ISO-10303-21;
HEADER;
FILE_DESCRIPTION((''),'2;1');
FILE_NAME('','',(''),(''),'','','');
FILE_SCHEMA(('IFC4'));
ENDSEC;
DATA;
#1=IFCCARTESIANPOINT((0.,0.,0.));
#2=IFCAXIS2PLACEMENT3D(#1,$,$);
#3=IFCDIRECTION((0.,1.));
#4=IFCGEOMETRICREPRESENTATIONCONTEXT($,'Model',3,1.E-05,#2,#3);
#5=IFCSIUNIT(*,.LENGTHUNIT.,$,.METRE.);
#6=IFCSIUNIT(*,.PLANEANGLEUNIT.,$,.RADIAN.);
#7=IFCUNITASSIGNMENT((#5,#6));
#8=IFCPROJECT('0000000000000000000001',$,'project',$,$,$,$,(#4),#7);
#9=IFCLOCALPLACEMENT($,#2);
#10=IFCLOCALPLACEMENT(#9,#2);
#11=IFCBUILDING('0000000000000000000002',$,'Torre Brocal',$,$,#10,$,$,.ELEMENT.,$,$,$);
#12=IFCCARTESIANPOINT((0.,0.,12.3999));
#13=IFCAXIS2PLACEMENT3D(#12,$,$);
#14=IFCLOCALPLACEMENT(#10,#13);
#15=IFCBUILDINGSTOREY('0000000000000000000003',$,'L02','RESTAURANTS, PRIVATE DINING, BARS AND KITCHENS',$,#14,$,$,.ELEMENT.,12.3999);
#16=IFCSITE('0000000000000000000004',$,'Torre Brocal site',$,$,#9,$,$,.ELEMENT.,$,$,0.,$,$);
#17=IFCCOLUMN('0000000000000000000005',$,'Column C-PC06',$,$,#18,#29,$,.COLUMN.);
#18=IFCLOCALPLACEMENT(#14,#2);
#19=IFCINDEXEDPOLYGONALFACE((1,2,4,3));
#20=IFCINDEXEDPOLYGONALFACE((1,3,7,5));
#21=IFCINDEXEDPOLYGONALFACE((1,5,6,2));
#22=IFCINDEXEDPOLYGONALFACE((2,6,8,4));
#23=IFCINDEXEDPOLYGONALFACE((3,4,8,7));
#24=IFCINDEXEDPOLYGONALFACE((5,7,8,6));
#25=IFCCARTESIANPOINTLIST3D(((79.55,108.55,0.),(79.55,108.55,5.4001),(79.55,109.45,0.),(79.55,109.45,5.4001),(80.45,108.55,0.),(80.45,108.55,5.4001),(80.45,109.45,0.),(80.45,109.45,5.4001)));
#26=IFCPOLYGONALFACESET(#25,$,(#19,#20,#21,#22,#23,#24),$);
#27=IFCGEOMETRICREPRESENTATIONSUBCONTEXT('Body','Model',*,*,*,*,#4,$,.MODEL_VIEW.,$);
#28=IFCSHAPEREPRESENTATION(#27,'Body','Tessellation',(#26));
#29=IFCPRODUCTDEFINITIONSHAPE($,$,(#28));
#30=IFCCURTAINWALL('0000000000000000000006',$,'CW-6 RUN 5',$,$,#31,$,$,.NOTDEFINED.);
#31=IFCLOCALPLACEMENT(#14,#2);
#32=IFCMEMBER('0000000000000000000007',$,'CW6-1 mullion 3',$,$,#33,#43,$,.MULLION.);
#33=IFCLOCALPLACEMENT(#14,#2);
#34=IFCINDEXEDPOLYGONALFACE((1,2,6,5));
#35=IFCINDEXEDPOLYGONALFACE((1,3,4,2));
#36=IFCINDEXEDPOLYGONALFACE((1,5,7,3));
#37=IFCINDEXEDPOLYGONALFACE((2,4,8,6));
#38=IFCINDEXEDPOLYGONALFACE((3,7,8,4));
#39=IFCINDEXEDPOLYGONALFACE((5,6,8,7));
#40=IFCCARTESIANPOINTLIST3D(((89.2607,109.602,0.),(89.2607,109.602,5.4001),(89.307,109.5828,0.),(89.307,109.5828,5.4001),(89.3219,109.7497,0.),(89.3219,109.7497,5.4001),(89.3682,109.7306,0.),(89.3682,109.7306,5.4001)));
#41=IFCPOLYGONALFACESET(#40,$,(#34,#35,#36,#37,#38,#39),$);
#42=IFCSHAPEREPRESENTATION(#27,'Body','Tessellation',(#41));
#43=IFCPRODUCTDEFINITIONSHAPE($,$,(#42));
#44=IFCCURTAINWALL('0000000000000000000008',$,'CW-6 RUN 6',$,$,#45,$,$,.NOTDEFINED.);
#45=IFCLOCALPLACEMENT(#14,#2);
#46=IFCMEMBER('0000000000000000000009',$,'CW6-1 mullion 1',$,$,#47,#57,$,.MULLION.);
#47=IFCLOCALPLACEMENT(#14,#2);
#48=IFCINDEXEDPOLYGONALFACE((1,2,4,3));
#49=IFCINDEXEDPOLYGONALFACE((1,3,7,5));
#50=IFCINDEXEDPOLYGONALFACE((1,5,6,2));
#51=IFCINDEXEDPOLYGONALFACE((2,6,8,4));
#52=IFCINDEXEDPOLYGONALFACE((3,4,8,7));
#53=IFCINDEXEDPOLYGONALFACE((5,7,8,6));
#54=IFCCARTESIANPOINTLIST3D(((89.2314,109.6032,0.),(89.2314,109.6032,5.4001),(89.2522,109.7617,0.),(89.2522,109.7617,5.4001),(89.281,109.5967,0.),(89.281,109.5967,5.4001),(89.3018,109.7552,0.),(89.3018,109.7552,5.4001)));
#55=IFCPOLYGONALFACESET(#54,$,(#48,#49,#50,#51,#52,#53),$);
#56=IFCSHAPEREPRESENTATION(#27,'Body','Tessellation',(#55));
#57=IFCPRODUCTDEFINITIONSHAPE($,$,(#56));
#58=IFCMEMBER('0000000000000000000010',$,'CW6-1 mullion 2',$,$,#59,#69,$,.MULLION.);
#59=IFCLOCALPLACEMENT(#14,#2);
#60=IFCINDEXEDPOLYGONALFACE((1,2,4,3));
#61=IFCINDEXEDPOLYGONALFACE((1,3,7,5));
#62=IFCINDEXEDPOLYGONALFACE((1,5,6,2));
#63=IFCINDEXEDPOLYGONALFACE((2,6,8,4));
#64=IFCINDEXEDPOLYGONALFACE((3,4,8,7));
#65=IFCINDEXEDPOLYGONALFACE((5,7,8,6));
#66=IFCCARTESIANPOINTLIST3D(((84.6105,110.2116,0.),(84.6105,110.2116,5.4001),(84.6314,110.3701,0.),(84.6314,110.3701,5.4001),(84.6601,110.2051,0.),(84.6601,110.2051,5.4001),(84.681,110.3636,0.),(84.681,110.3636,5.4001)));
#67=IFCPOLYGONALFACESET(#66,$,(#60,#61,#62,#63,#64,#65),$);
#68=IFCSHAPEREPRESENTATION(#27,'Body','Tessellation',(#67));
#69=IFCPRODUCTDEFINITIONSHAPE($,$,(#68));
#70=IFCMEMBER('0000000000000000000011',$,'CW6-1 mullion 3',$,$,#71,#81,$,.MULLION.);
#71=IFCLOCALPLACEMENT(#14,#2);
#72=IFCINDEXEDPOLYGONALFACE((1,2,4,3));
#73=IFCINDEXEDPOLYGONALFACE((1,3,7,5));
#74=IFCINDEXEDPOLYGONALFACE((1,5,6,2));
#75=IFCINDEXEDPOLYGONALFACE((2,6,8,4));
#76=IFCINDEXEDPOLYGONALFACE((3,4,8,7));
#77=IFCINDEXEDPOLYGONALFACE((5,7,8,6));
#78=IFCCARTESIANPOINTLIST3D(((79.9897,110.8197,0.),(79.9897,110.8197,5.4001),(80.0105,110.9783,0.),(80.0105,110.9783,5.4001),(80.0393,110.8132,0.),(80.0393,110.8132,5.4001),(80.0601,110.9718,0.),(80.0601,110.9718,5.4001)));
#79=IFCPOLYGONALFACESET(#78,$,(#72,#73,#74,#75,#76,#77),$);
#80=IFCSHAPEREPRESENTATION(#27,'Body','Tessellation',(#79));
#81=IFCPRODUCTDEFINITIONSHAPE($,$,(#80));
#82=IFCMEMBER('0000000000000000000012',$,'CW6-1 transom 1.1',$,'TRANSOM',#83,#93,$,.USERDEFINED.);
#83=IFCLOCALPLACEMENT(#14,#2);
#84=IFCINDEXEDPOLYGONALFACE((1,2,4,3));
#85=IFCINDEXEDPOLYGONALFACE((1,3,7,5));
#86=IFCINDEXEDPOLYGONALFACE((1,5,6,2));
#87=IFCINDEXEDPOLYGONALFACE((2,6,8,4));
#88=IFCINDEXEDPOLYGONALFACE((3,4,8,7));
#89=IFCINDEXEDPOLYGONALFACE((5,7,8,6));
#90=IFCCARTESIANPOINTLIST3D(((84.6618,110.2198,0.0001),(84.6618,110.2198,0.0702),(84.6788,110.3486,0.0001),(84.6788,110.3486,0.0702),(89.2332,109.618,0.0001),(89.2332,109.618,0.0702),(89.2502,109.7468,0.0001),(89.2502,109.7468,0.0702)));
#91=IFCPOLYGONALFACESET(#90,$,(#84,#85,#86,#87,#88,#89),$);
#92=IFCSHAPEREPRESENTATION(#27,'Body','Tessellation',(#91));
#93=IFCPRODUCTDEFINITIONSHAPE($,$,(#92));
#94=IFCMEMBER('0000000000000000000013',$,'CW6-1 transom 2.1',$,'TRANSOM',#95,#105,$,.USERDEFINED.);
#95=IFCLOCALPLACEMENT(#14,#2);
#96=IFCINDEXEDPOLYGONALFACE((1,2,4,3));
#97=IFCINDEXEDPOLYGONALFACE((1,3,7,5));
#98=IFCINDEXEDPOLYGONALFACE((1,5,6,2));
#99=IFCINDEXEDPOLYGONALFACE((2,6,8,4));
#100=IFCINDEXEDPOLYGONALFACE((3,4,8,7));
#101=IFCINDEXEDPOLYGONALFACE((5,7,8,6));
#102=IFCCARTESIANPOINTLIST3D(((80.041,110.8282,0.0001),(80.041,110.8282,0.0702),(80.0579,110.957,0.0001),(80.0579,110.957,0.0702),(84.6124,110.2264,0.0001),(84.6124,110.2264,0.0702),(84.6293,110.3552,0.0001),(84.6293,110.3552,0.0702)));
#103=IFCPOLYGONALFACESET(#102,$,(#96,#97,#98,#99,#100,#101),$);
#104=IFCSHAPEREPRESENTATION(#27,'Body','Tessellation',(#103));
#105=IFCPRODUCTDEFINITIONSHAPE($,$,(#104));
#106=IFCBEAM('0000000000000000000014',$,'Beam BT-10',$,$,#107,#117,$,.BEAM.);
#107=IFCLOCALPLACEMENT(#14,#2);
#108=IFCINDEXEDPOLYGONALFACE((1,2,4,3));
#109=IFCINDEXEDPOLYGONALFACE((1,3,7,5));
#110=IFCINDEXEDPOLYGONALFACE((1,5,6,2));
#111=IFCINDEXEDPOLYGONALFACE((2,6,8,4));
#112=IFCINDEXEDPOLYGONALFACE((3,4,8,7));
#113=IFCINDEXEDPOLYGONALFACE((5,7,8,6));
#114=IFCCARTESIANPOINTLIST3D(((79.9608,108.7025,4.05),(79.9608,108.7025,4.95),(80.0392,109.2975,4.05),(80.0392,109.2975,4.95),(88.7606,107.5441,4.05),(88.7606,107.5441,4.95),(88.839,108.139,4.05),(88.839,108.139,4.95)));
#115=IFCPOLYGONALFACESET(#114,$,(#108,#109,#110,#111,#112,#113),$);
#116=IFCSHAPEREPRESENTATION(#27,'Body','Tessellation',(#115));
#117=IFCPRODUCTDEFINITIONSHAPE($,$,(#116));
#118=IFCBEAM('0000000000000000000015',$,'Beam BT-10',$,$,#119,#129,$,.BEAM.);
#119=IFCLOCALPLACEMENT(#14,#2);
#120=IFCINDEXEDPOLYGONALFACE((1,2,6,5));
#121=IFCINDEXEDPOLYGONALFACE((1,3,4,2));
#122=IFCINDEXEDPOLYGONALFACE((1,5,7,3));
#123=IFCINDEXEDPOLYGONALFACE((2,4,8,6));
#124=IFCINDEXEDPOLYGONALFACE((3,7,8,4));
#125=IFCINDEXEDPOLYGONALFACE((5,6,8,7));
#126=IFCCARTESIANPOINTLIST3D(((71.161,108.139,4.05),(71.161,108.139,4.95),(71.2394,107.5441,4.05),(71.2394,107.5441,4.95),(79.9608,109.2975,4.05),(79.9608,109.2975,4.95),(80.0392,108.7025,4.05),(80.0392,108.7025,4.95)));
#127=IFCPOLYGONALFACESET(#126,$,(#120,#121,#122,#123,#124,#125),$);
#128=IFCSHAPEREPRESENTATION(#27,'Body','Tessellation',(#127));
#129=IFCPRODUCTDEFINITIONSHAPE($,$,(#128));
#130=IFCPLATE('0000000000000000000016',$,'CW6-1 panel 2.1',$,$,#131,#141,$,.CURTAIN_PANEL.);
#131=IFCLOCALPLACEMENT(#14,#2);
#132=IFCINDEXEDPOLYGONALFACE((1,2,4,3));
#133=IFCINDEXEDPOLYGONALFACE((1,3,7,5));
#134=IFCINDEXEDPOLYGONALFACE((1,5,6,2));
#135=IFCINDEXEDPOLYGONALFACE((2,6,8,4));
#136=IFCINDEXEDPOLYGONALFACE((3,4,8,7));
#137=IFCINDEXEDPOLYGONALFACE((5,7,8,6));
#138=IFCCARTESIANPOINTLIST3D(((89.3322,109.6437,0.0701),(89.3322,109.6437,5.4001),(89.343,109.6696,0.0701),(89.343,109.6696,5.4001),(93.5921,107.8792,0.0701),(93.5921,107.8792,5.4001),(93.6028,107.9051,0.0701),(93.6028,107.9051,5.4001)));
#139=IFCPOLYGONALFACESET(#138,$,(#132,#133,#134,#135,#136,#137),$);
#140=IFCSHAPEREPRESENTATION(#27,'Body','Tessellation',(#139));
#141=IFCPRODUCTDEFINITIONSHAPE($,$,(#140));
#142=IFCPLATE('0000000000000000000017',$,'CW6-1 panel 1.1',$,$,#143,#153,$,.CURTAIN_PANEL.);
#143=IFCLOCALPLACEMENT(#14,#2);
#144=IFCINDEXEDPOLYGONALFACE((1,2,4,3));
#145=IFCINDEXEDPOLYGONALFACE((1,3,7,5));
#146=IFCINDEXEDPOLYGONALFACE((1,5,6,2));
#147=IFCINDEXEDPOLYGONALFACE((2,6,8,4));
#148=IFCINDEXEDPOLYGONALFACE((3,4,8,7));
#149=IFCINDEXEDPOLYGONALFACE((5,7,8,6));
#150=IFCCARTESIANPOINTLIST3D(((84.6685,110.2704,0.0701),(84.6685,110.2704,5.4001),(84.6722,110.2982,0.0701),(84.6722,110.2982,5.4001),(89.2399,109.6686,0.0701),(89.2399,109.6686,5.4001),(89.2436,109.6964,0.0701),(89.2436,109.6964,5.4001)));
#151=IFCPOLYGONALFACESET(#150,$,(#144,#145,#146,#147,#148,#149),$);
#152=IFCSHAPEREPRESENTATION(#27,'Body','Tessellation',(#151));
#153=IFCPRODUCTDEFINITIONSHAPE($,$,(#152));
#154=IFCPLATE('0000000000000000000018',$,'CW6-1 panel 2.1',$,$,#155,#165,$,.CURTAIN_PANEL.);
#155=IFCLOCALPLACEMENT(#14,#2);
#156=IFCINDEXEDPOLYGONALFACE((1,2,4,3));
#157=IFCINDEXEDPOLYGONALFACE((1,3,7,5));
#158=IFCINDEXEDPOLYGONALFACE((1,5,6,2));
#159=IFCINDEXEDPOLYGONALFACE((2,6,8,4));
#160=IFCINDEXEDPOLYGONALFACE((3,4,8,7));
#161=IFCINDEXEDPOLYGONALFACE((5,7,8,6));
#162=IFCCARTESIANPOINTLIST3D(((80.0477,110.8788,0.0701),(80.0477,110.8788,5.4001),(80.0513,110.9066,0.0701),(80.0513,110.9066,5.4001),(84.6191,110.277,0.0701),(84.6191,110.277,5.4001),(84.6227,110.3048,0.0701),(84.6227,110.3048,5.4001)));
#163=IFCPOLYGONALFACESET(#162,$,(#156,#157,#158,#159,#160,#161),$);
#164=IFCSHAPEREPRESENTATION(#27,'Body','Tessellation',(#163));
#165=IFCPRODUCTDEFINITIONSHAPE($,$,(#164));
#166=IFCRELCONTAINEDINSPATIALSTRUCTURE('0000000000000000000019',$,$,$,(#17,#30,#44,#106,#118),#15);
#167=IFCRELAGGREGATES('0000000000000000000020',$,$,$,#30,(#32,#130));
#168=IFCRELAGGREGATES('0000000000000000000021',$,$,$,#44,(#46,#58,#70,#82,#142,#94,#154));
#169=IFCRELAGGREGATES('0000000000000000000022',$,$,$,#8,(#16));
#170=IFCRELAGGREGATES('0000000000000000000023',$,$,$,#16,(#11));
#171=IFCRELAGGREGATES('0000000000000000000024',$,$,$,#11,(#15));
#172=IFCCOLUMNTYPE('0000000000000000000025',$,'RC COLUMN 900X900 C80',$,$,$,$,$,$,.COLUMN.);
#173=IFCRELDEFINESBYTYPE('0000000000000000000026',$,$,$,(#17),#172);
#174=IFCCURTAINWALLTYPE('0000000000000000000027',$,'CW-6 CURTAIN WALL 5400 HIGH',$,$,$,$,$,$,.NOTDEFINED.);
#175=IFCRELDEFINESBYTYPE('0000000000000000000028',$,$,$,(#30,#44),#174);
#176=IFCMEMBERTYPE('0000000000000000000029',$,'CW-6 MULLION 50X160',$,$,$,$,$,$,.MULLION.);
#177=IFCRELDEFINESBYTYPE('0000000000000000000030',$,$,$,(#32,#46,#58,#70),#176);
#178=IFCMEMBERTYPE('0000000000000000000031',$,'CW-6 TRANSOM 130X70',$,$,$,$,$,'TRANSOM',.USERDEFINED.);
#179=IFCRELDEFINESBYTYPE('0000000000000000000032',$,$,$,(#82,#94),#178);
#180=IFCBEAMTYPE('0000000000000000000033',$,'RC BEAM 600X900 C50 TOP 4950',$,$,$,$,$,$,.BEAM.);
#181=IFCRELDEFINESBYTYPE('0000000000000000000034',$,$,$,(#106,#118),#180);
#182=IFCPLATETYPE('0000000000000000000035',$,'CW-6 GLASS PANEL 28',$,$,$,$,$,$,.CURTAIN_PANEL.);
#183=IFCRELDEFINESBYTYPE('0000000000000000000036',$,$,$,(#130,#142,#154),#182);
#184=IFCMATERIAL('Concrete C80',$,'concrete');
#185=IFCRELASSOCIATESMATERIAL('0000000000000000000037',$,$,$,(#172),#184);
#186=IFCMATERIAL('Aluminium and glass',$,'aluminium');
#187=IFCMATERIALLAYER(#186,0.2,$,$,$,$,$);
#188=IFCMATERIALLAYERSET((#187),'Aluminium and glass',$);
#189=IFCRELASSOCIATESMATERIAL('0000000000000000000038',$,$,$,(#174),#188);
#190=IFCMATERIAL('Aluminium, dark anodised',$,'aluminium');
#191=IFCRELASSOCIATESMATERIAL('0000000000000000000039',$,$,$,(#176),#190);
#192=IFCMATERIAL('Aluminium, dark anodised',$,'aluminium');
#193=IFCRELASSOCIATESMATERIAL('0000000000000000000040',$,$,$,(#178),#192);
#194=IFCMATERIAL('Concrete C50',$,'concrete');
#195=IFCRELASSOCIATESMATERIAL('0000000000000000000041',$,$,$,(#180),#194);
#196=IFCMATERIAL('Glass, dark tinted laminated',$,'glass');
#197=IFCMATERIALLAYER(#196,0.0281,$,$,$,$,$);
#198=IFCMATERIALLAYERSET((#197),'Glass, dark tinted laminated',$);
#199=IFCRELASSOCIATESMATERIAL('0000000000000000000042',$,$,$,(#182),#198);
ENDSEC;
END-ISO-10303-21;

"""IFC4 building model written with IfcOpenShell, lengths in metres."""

from ifc_helpers import new_model, si_unit, direction, frame, origin, origin_2d, place, context, subcontext, project, spatial, rectangle, extrude, material, layer, layer_set, material_profile, profile_set, type_object, element, aggregate, save


model = new_model("IFC4")

# Units and contexts
model_context = context("Model", 3, precision=1e-05, world=origin(), true_north=direction((0.0, 1.0)))
body_context = subcontext(model_context, "Body", "Model", "MODEL_VIEW")
ifc_project = project(units=[si_unit("LENGTHUNIT", "METRE"), si_unit("PLANEANGLEUNIT", "RADIAN")], contexts=[model_context])

# Site, building, storey
site_placement = place(None, origin())
site = spatial("IfcSite", under=ifc_project, at=site_placement, Name="Torre Brocal site", CompositionType="ELEMENT", RefElevation=0.0)
building_placement = place(site_placement, origin())
building = spatial("IfcBuilding", under=site, at=building_placement, Name="Torre Brocal", CompositionType="ELEMENT")
storey_placement = place(building_placement, frame((0.0, 0.0, 12.3999)))
storey = spatial("IfcBuildingStorey", under=building, at=storey_placement, Name="L02", Description="RESTAURANTS, PRIVATE DINING, BARS AND KITCHENS", CompositionType="ELEMENT", Elevation=12.3999)

# Column
ifc_material_1 = material(Name="Concrete C80", Category="concrete")
ifc_material_profile_1 = material_profile(ifc_material_1, rectangle(XDim=0.8999, YDim=0.8999, at=origin_2d()), Name="RC 900X900")
ifc_profile_set_1 = profile_set([ifc_material_profile_1], Name="Concrete C80")
column_type = type_object("IfcColumnType", Name="RC COLUMN 900X900 C80", PredefinedType="COLUMN", material=ifc_profile_set_1)
column_placement = place(storey_placement, frame((80.0, 109.0, 0.0), z_axis=(0.0, 0.0, 1.0), x_axis=(0.0, 1.0, 0.0)))
element("IfcColumn", 1, at=column_placement, inside=storey, type_object=column_type, Name="Column C-PC06", PredefinedType="COLUMN", context=body_context, shape_type="SweptSolid", body=[
    extrude(rectangle(XDim=0.8999, YDim=0.8999, at=origin_2d()), origin(), (0.0, 0.0, 1.0), 5.4001),
])

# Curtain wall, member
ifc_material_2 = material(Name="Aluminium and glass", Category="aluminium")
ifc_layer_1 = layer(ifc_material_2, 0.2)
ifc_layer_set_1 = layer_set([ifc_layer_1], Name="Aluminium and glass")
curtain_wall_type = type_object("IfcCurtainWallType", Name="CW-6 CURTAIN WALL 5400 HIGH", PredefinedType="NOTDEFINED", material=ifc_layer_set_1)
curtain_wall_1_placement = place(storey_placement, origin())
curtain_wall_1 = element("IfcCurtainWall", 2, at=curtain_wall_1_placement, inside=storey, type_object=curtain_wall_type, Name="CW-6 RUN 5", PredefinedType="NOTDEFINED")
ifc_material_3 = material(Name="Aluminium, dark anodised", Category="aluminium")
ifc_material_profile_2 = material_profile(ifc_material_3, rectangle(XDim=0.1599, YDim=0.05, at=origin_2d()), Name="CW-6 MULLION 50X160")
ifc_profile_set_2 = profile_set([ifc_material_profile_2], Name="Aluminium, dark anodised")
member_type_1 = type_object("IfcMemberType", Name="CW-6 MULLION 50X160", PredefinedType="MULLION", material=ifc_profile_set_2)
member_1_placement = place(storey_placement, frame((89.3145, 109.6663, 0.0), z_axis=(0.0, 0.0, 1.0), x_axis=(-0.382683, -0.92388, 0.0)))
member_1 = element("IfcMember", 3, at=member_1_placement, type_object=member_type_1, Name="CW6-1 mullion 3", PredefinedType="MULLION", context=body_context, shape_type="SweptSolid", body=[
    extrude(rectangle(XDim=0.1599, YDim=0.05, at=origin_2d()), origin(), (0.0, 0.0, 1.0), 5.4001),
])

# Curtain wall, members
curtain_wall_2_placement = place(storey_placement, origin())
curtain_wall_2 = element("IfcCurtainWall", 4, at=curtain_wall_2_placement, inside=storey, type_object=curtain_wall_type, Name="CW-6 RUN 6", PredefinedType="NOTDEFINED")
member_2_placement = place(storey_placement, frame((89.2666, 109.6792, 0.0), z_axis=(0.0, 0.0, 1.0), x_axis=(-0.130526, -0.991445, 0.0)))
member_2 = element("IfcMember", 5, at=member_2_placement, type_object=member_type_1, Name="CW6-1 mullion 1", PredefinedType="MULLION", context=body_context, shape_type="SweptSolid", body=[
    extrude(rectangle(XDim=0.1599, YDim=0.05, at=origin_2d()), origin(), (0.0, 0.0, 1.0), 5.4001),
])
member_3_placement = place(storey_placement, frame((84.6458, 110.2876, 0.0), z_axis=(0.0, 0.0, 1.0), x_axis=(-0.130526, -0.991445, 0.0)))
member_3 = element("IfcMember", 6, at=member_3_placement, type_object=member_type_1, Name="CW6-1 mullion 2", PredefinedType="MULLION", context=body_context, shape_type="SweptSolid", body=[
    extrude(rectangle(XDim=0.1599, YDim=0.05, at=origin_2d()), origin(), (0.0, 0.0, 1.0), 5.4001),
])
member_4_placement = place(storey_placement, frame((80.0249, 110.8958, 0.0), z_axis=(0.0, 0.0, 1.0), x_axis=(-0.130526, -0.991445, 0.0)))
member_4 = element("IfcMember", 7, at=member_4_placement, type_object=member_type_1, Name="CW6-1 mullion 3", PredefinedType="MULLION", context=body_context, shape_type="SweptSolid", body=[
    extrude(rectangle(XDim=0.1599, YDim=0.05, at=origin_2d()), origin(), (0.0, 0.0, 1.0), 5.4001),
])
ifc_material_4 = material(Name="Aluminium, dark anodised", Category="aluminium")
ifc_material_profile_3 = material_profile(ifc_material_4, rectangle(XDim=0.1299, YDim=0.0701, at=origin_2d()), Name="CW-6 TRANSOM 130X70")
ifc_profile_set_3 = profile_set([ifc_material_profile_3], Name="Aluminium, dark anodised")
member_type_2 = type_object("IfcMemberType", Name="CW-6 TRANSOM 130X70", ElementType="TRANSOM", PredefinedType="USERDEFINED", material=ifc_profile_set_3)
member_5_placement = place(storey_placement, frame((89.2417, 109.6824, 0.0352), z_axis=(-0.991445, 0.130523, 0.0), x_axis=(-0.130523, -0.991445, 0.0)))
member_5 = element("IfcMember", 8, at=member_5_placement, type_object=member_type_2, Name="CW6-1 transom 1.1", ObjectType="TRANSOM", PredefinedType="USERDEFINED", context=body_context, shape_type="SweptSolid", body=[
    extrude(rectangle(XDim=0.1299, YDim=0.0701, at=origin_2d()), origin(), (0.0, 0.0, 1.0), 4.6108),
])
member_6_placement = place(storey_placement, frame((84.6208, 110.2908, 0.0352), z_axis=(-0.991445, 0.130523, 0.0), x_axis=(-0.130523, -0.991445, 0.0)))
member_6 = element("IfcMember", 9, at=member_6_placement, type_object=member_type_2, Name="CW6-1 transom 2.1", ObjectType="TRANSOM", PredefinedType="USERDEFINED", context=body_context, shape_type="SweptSolid", body=[
    extrude(rectangle(XDim=0.1299, YDim=0.0701, at=origin_2d()), origin(), (0.0, 0.0, 1.0), 4.6108),
])

# Beams
ifc_material_5 = material(Name="Concrete C50", Category="concrete")
ifc_material_profile_4 = material_profile(ifc_material_5, rectangle(XDim=0.6001, YDim=0.8999, at=origin_2d()), Name="RC 600X900")
ifc_profile_set_4 = profile_set([ifc_material_profile_4], Name="Concrete C50")
beam_type = type_object("IfcBeamType", Name="RC BEAM 600X900 C50 TOP 4950", PredefinedType="BEAM", material=ifc_profile_set_4)
for number, where, z_axis, x_axis, name in (
    (10, (88.7998, 107.8416, 4.5), (-0.991446, 0.130519, 0.0), (-0.130519, -0.991446, 0.0), "Beam BT-10"),
    (11, (80.0, 109.0, 4.5), (-0.991446, -0.130519, 0.0), (0.130519, -0.991446, 0.0), "Beam BT-10"),
):
    element("IfcBeam", number, at=place(storey_placement, frame(where, z_axis=z_axis, x_axis=x_axis)), inside=storey, type_object=beam_type, Name=name, PredefinedType="BEAM", context=body_context, shape_type="SweptSolid", body=[
        extrude(rectangle(XDim=0.6001, YDim=0.8999, at=origin_2d()), origin(), (0.0, 0.0, 1.0), 8.8757),
    ])

# Plates
ifc_material_6 = material(Name="Glass, dark tinted laminated", Category="glass")
ifc_layer_2 = layer(ifc_material_6, 0.0281)
ifc_layer_set_2 = layer_set([ifc_layer_2], Name="Glass, dark tinted laminated")
plate_type = type_object("IfcPlateType", Name="CW-6 GLASS PANEL 28", PredefinedType="CURTAIN_PANEL", material=ifc_layer_set_2)
plate_1_placement = place(storey_placement, frame((91.4675, 108.7744, 0.0701), z_axis=(0.0, 0.0, 1.0), x_axis=(-0.92388, 0.382683, 0.0)))
plate_1 = element("IfcPlate", 12, at=plate_1_placement, type_object=plate_type, Name="CW6-1 panel 2.1", PredefinedType="CURTAIN_PANEL", context=body_context, shape_type="SweptSolid", body=[
    extrude(rectangle(XDim=4.6108, YDim=0.0281, at=origin_2d()), origin(), (0.0, 0.0, 1.0), 5.3301),
])
aggregate(curtain_wall_1, [member_1, plate_1])
plate_2_placement = place(storey_placement, frame((86.9561, 109.9834, 0.0701), z_axis=(0.0, 0.0, 1.0), x_axis=(-0.991445, 0.130526, 0.0)))
plate_2 = element("IfcPlate", 13, at=plate_2_placement, type_object=plate_type, Name="CW6-1 panel 1.1", PredefinedType="CURTAIN_PANEL", context=body_context, shape_type="SweptSolid", body=[
    extrude(rectangle(XDim=4.6108, YDim=0.0281, at=origin_2d()), origin(), (0.0, 0.0, 1.0), 5.3301),
])
plate_3_placement = place(storey_placement, frame((82.3352, 110.5918, 0.0701), z_axis=(0.0, 0.0, 1.0), x_axis=(-0.991445, 0.130526, 0.0)))
plate_3 = element("IfcPlate", 14, at=plate_3_placement, type_object=plate_type, Name="CW6-1 panel 2.1", PredefinedType="CURTAIN_PANEL", context=body_context, shape_type="SweptSolid", body=[
    extrude(rectangle(XDim=4.6108, YDim=0.0281, at=origin_2d()), origin(), (0.0, 0.0, 1.0), 5.3301),
])
aggregate(curtain_wall_2, [member_2, member_3, member_4, member_5, plate_2, member_6, plate_3])

save(model, "model.ifc")
